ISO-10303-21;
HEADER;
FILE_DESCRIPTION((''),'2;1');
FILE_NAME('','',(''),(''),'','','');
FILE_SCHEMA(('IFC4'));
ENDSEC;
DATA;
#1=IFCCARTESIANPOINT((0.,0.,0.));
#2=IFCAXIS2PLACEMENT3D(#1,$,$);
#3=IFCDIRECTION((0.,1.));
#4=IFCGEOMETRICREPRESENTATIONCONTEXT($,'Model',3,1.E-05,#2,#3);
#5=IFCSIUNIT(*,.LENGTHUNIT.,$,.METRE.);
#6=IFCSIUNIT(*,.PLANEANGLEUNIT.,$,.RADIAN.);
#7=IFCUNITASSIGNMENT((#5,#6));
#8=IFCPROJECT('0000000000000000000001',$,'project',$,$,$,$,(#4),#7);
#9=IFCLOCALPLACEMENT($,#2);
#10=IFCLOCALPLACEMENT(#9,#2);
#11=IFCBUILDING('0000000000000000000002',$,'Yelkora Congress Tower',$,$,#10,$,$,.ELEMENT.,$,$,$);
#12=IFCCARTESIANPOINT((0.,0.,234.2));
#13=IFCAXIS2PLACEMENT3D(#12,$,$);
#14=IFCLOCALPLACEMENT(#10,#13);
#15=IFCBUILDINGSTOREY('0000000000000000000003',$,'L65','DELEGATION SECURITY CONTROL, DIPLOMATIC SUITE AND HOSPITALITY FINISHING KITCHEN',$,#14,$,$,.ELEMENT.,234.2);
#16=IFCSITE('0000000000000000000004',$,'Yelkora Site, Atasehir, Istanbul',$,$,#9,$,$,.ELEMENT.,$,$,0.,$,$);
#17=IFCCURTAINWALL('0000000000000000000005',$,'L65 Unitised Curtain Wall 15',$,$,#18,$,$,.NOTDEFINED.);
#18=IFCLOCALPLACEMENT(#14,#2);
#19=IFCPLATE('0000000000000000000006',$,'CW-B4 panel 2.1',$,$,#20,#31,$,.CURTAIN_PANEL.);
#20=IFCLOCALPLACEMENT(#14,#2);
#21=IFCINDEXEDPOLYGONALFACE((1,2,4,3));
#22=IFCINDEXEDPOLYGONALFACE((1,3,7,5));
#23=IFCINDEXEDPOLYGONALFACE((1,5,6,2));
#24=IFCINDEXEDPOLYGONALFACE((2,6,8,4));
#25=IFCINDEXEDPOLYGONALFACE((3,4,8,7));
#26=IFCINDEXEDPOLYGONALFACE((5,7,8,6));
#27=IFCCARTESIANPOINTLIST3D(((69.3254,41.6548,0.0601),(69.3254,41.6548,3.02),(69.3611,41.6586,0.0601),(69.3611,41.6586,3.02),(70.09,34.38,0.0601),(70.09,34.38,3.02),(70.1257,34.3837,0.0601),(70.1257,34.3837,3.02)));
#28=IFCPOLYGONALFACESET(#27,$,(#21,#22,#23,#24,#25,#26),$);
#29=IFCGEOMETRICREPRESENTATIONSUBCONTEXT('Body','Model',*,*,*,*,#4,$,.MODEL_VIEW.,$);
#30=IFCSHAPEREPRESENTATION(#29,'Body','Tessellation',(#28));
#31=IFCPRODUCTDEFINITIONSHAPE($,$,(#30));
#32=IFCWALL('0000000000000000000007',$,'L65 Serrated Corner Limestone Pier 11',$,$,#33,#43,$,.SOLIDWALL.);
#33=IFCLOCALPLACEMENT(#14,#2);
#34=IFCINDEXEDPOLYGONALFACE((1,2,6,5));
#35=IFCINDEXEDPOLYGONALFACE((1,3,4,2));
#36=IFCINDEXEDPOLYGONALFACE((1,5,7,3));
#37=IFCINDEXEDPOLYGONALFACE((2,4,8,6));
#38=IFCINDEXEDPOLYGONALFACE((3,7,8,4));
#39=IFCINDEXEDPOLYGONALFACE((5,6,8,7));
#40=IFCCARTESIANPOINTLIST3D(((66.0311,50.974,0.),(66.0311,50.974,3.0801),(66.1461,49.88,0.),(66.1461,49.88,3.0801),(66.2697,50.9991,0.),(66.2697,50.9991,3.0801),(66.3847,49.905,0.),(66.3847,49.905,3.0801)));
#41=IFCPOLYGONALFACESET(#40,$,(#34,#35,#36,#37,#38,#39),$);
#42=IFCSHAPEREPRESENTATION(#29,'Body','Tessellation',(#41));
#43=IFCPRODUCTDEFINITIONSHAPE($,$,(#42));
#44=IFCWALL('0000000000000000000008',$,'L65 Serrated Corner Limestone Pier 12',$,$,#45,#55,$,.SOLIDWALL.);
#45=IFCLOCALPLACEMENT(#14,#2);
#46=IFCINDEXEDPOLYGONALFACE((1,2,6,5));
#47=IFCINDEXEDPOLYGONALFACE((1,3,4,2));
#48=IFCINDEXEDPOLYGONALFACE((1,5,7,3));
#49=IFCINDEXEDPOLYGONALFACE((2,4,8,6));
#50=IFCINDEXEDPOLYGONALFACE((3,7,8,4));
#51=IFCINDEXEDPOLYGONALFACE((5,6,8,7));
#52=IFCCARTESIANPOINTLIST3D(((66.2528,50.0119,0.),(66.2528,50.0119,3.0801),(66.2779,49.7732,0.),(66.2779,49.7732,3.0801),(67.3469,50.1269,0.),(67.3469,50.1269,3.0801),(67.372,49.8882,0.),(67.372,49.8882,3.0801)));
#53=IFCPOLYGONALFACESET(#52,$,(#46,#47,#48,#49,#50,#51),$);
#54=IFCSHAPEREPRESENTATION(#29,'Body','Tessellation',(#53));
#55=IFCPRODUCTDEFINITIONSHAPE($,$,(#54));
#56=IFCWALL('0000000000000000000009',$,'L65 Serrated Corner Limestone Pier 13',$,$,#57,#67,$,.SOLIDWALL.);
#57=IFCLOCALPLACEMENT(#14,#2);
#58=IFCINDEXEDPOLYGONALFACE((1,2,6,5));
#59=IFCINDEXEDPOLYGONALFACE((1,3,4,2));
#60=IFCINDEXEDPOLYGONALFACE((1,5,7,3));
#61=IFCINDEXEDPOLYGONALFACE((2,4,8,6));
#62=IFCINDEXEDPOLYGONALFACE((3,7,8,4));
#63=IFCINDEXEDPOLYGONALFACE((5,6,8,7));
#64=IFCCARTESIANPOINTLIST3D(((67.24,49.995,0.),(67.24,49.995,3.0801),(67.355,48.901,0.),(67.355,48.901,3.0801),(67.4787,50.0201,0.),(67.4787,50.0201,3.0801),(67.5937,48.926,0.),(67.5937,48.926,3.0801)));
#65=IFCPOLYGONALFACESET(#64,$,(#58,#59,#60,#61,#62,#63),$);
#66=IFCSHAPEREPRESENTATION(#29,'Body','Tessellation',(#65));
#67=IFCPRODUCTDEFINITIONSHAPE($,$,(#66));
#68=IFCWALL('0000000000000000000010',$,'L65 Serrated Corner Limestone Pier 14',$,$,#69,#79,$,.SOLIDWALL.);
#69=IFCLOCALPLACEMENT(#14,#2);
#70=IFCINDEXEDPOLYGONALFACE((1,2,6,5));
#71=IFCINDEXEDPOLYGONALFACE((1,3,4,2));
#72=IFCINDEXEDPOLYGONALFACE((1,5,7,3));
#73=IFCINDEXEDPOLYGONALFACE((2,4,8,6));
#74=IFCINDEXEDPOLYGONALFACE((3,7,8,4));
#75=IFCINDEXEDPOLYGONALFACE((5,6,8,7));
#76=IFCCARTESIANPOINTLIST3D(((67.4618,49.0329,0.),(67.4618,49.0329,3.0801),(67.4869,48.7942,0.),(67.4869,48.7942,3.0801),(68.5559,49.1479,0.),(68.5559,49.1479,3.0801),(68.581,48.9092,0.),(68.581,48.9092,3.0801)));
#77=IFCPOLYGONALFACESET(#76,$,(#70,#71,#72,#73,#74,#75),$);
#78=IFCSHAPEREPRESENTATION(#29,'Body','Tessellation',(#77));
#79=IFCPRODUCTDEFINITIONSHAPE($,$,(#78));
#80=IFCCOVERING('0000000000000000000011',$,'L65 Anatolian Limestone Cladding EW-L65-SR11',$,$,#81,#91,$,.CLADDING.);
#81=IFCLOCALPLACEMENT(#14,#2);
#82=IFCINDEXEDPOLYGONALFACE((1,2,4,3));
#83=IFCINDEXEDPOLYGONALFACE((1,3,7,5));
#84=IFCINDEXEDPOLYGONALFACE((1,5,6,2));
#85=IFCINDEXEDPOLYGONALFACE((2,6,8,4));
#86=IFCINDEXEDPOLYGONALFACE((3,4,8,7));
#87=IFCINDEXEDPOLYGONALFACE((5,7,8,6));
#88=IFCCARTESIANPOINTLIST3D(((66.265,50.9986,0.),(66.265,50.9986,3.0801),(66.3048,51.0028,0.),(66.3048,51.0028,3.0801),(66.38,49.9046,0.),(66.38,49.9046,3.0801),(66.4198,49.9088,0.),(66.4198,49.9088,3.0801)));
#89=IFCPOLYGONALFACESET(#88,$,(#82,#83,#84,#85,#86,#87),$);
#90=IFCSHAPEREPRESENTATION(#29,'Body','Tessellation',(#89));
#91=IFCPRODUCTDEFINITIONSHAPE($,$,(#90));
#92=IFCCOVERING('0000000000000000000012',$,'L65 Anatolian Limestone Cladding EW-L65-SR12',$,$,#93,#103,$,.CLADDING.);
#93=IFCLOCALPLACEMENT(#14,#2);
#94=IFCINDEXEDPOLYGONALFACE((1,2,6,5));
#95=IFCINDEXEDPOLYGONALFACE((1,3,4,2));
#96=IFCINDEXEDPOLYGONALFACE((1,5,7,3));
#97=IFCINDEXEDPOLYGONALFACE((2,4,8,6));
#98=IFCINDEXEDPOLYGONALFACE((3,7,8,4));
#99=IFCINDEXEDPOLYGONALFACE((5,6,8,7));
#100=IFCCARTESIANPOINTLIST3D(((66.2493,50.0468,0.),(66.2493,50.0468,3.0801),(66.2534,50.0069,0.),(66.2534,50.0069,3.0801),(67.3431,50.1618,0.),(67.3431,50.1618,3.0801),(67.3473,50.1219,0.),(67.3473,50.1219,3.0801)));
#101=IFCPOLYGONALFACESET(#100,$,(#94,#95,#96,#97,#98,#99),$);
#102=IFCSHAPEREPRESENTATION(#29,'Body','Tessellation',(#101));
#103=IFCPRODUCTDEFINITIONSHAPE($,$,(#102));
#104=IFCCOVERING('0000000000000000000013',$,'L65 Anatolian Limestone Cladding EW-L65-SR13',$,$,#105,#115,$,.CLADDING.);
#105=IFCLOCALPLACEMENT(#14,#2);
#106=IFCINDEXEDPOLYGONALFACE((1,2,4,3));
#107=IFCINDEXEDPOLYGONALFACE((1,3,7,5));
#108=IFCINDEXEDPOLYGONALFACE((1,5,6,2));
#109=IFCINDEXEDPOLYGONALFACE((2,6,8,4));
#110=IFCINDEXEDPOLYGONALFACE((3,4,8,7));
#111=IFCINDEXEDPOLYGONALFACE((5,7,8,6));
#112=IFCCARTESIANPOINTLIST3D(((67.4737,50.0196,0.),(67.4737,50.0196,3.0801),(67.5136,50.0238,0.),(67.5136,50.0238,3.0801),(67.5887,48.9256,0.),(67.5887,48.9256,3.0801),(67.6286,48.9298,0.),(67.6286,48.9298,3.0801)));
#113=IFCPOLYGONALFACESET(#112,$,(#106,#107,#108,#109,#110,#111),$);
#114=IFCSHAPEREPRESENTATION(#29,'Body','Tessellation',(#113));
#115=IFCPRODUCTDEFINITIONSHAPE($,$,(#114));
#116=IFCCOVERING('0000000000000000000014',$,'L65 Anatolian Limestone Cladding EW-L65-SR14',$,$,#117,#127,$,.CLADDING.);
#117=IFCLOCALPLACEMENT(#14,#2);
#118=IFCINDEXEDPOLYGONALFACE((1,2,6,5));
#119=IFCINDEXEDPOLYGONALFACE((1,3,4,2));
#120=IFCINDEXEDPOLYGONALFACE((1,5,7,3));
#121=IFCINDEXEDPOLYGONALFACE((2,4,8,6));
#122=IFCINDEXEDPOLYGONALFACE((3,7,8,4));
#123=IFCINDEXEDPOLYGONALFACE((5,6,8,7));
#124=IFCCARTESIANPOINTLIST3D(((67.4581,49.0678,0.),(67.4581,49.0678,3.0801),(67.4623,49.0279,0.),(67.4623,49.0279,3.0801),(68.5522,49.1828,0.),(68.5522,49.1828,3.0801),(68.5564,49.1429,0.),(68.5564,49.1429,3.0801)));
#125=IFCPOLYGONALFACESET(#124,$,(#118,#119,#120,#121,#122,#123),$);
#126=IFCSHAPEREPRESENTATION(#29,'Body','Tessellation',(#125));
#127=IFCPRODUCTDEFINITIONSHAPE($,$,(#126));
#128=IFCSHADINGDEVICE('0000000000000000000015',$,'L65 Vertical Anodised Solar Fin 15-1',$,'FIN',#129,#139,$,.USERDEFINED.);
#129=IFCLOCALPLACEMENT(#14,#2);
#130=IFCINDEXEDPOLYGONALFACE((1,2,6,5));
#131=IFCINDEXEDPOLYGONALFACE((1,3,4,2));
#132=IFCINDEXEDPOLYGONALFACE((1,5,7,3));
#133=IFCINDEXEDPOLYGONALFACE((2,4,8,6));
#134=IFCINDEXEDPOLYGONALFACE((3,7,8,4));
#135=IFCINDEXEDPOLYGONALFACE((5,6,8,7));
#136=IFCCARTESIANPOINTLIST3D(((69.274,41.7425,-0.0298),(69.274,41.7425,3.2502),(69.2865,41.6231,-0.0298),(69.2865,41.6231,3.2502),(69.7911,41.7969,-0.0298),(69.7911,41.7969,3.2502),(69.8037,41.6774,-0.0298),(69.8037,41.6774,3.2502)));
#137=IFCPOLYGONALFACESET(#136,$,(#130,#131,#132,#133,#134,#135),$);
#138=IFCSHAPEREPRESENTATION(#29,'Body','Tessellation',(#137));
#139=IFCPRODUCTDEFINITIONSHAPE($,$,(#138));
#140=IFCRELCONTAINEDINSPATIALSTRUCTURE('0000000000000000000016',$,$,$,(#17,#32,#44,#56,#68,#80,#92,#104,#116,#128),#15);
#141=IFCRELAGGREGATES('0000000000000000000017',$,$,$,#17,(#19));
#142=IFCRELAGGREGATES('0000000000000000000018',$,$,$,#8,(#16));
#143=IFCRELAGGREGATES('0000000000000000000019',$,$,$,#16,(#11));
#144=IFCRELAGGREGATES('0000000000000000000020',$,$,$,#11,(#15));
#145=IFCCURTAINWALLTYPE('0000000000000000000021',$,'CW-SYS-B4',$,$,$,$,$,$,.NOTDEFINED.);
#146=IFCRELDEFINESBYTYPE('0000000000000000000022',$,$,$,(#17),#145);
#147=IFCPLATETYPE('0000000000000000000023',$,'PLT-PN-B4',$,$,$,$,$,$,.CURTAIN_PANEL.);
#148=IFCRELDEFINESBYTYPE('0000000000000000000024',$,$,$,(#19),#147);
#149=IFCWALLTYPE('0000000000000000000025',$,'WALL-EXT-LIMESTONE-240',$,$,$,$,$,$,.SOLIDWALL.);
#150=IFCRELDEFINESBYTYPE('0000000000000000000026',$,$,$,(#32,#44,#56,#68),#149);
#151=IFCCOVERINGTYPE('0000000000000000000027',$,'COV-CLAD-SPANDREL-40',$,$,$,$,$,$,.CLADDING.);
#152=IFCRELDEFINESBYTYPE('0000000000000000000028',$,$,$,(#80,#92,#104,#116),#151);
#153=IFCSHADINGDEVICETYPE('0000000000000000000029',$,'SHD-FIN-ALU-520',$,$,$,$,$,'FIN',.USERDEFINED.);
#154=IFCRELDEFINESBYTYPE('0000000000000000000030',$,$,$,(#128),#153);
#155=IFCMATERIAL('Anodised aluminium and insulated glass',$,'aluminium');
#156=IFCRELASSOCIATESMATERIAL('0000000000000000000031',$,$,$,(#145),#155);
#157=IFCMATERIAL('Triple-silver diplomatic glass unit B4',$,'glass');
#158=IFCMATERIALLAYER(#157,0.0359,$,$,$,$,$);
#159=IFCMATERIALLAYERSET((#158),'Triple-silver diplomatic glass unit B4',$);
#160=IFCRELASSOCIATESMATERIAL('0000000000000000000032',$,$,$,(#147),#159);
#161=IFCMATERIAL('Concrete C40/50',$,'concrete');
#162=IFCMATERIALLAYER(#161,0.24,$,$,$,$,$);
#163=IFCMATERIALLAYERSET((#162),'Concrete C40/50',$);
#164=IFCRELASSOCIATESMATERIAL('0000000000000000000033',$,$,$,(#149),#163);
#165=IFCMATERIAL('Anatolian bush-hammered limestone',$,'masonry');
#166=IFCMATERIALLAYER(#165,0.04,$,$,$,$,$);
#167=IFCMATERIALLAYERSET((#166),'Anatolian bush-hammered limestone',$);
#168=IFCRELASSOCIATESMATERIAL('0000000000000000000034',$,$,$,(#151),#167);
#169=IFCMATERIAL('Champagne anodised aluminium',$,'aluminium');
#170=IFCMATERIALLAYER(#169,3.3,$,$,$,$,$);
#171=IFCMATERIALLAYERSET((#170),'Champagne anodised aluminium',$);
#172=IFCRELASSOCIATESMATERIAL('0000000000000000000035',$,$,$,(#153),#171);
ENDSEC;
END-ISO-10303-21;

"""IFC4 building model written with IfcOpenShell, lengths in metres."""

from ifc_helpers import new_model, si_unit, direction, frame, frame_2d, origin, origin_2d, place, context, subcontext, project, spatial, rectangle, extrude, material, layer, layer_set, type_object, element, aggregate, save


model = new_model("IFC4")

# Units and contexts
model_context = context("Model", 3, precision=1e-05, world=origin(), true_north=direction((0.0, 1.0)))
body_context = subcontext(model_context, "Body", "Model", "MODEL_VIEW")
ifc_project = project(units=[si_unit("LENGTHUNIT", "METRE"), si_unit("PLANEANGLEUNIT", "RADIAN")], contexts=[model_context])

# Site, building, storey
site_placement = place(None, origin())
site = spatial("IfcSite", under=ifc_project, at=site_placement, Name="Yelkora Site, Atasehir, Istanbul", CompositionType="ELEMENT", RefElevation=0.0)
building_placement = place(site_placement, origin())
building = spatial("IfcBuilding", under=site, at=building_placement, Name="Yelkora Congress Tower", CompositionType="ELEMENT")
storey_placement = place(building_placement, frame((0.0, 0.0, 234.2)))
storey = spatial("IfcBuildingStorey", under=building, at=storey_placement, Name="L65", Description="DELEGATION SECURITY CONTROL, DIPLOMATIC SUITE AND HOSPITALITY FINISHING KITCHEN", CompositionType="ELEMENT", Elevation=234.2)

# Shared definitions
ifc_material_1 = material(Name="Anodised aluminium and insulated glass", Category="aluminium")
curtain_wall_type = type_object("IfcCurtainWallType", Name="CW-SYS-B4", PredefinedType="NOTDEFINED", material=ifc_material_1)

# Curtain wall, plate
curtain_wall_1_placement = place(storey_placement, origin())
curtain_wall_1 = element("IfcCurtainWall", 1, at=curtain_wall_1_placement, inside=storey, type_object=curtain_wall_type, Name="L65 Unitised Curtain Wall 15", PredefinedType="NOTDEFINED")
ifc_material_2 = material(Name="Triple-silver diplomatic glass unit B4", Category="glass")
ifc_layer_1 = layer(ifc_material_2, 0.0359)
ifc_layer_set_1 = layer_set([ifc_layer_1], Name="Triple-silver diplomatic glass unit B4")
plate_type = type_object("IfcPlateType", Name="PLT-PN-B4", PredefinedType="CURTAIN_PANEL", material=ifc_layer_set_1)
plate_1_placement = place(storey_placement, frame((69.7256, 38.0193, 0.0601), z_axis=(0.0, 0.0, 1.0), x_axis=(0.104526, -0.994522, 0.0)))
plate_1 = element("IfcPlate", 2, at=plate_1_placement, type_object=plate_type, Name="CW-B4 panel 2.1", PredefinedType="CURTAIN_PANEL", context=body_context, shape_type="SweptSolid", body=[
    extrude(rectangle(XDim=7.3149, YDim=0.0359, at=origin_2d()), origin(), (0.0, 0.0, 1.0), 2.96),
])
aggregate(curtain_wall_1, [plate_1])

# Walls
ifc_material_3 = material(Name="Concrete C40/50", Category="concrete")
ifc_layer_2 = layer(ifc_material_3, 0.24)
ifc_layer_set_2 = layer_set([ifc_layer_2], Name="Concrete C40/50")
wall_type = type_object("IfcWallType", Name="WALL-EXT-LIMESTONE-240", PredefinedType="SOLIDWALL", material=ifc_layer_set_2)
for number, where, z_axis, x_axis, name in (
    (3, (66.1504, 50.9866, 0.0), (0.0, 0.0, 1.0), (0.104535, -0.994521, 0.0), "L65 Serrated Corner Limestone Pier 11"),
    (4, (66.2654, 49.8926, 0.0), (0.0, 0.0, 1.0), (0.994521, 0.104535, 0.0), "L65 Serrated Corner Limestone Pier 12"),
    (5, (67.3594, 50.0076, 0.0), (0.0, 0.0, 1.0), (0.104535, -0.994521, 0.0), "L65 Serrated Corner Limestone Pier 13"),
    (6, (67.4744, 48.9136, 0.0), (0.0, 0.0, 1.0), (0.994521, 0.104535, 0.0), "L65 Serrated Corner Limestone Pier 14"),
):
    element("IfcWall", number, at=place(storey_placement, frame(where, z_axis=z_axis, x_axis=x_axis)), inside=storey, type_object=wall_type, Name=name, PredefinedType="SOLIDWALL", context=body_context, shape_type="SweptSolid", body=[
        extrude(rectangle(XDim=1.1001, YDim=0.24, at=frame_2d((0.55, 0.0))), origin(), (0.0, 0.0, 1.0), 3.0801),
    ])

# Coverings
ifc_material_4 = material(Name="Anatolian bush-hammered limestone", Category="masonry")
ifc_layer_3 = layer(ifc_material_4, 0.04)
ifc_layer_set_3 = layer_set([ifc_layer_3], Name="Anatolian bush-hammered limestone")
covering_type = type_object("IfcCoveringType", Name="COV-CLAD-SPANDREL-40", PredefinedType="CLADDING", material=ifc_layer_set_3)
covering_1_placement = place(storey_placement, frame((66.2849, 51.0007, 0.0), z_axis=(0.0, 0.0, 1.0), x_axis=(0.104535, -0.994521, 0.0)))
element("IfcCovering", 7, at=covering_1_placement, inside=storey, type_object=covering_type, Name="L65 Anatolian Limestone Cladding EW-L65-SR11", PredefinedType="CLADDING", context=body_context, shape_type="SweptSolid", body=[
    extrude(rectangle(XDim=1.1001, YDim=0.04, at=frame_2d((0.55, 0.0))), origin(), (0.0, 0.0, 1.0), 3.0801),
])
covering_2_placement = place(storey_placement, frame((66.2515, 50.0269, 0.0), z_axis=(0.0, 0.0, 1.0), x_axis=(0.994519, 0.104558, 0.0)))
element("IfcCovering", 8, at=covering_2_placement, inside=storey, type_object=covering_type, Name="L65 Anatolian Limestone Cladding EW-L65-SR12", PredefinedType="CLADDING", context=body_context, shape_type="SweptSolid", body=[
    extrude(rectangle(XDim=1.0999, YDim=0.04, at=frame_2d((0.5498, 0.0))), origin(), (0.0, 0.0, 1.0), 3.0801),
])
for number, where, z_axis, x_axis, name in (
    (9, (67.4937, 50.0217, 0.0), (0.0, 0.0, 1.0), (0.104535, -0.994521, 0.0), "L65 Anatolian Limestone Cladding EW-L65-SR13"),
    (10, (67.4602, 49.0479, 0.0), (0.0, 0.0, 1.0), (0.994521, 0.104535, 0.0), "L65 Anatolian Limestone Cladding EW-L65-SR14"),
):
    element("IfcCovering", number, at=place(storey_placement, frame(where, z_axis=z_axis, x_axis=x_axis)), inside=storey, type_object=covering_type, Name=name, PredefinedType="CLADDING", context=body_context, shape_type="SweptSolid", body=[
        extrude(rectangle(XDim=1.1001, YDim=0.04, at=frame_2d((0.55, 0.0))), origin(), (0.0, 0.0, 1.0), 3.0801),
    ])

# Shading device
ifc_material_5 = material(Name="Champagne anodised aluminium", Category="aluminium")
ifc_layer_4 = layer(ifc_material_5, 3.3)
ifc_layer_set_4 = layer_set([ifc_layer_4], Name="Champagne anodised aluminium")
shading_device_type = type_object("IfcShadingDeviceType", Name="SHD-FIN-ALU-520", ElementType="FIN", PredefinedType="USERDEFINED", material=ifc_layer_set_4)
shading_device_placement = place(storey_placement, frame((69.5388, 41.71, -0.0298), z_axis=(0.0, 0.0, 1.0), x_axis=(0.104528, -0.994522, 0.0)))
element("IfcShadingDevice", 11, at=shading_device_placement, inside=storey, type_object=shading_device_type, Name="L65 Vertical Anodised Solar Fin 15-1", ObjectType="FIN", PredefinedType="USERDEFINED", context=body_context, shape_type="SweptSolid", body=[
    extrude(rectangle(XDim=0.1201, YDim=0.52, at=origin_2d()), origin(), (0.0, 0.0, 1.0), 3.28),
])

save(model, "model.ifc")
